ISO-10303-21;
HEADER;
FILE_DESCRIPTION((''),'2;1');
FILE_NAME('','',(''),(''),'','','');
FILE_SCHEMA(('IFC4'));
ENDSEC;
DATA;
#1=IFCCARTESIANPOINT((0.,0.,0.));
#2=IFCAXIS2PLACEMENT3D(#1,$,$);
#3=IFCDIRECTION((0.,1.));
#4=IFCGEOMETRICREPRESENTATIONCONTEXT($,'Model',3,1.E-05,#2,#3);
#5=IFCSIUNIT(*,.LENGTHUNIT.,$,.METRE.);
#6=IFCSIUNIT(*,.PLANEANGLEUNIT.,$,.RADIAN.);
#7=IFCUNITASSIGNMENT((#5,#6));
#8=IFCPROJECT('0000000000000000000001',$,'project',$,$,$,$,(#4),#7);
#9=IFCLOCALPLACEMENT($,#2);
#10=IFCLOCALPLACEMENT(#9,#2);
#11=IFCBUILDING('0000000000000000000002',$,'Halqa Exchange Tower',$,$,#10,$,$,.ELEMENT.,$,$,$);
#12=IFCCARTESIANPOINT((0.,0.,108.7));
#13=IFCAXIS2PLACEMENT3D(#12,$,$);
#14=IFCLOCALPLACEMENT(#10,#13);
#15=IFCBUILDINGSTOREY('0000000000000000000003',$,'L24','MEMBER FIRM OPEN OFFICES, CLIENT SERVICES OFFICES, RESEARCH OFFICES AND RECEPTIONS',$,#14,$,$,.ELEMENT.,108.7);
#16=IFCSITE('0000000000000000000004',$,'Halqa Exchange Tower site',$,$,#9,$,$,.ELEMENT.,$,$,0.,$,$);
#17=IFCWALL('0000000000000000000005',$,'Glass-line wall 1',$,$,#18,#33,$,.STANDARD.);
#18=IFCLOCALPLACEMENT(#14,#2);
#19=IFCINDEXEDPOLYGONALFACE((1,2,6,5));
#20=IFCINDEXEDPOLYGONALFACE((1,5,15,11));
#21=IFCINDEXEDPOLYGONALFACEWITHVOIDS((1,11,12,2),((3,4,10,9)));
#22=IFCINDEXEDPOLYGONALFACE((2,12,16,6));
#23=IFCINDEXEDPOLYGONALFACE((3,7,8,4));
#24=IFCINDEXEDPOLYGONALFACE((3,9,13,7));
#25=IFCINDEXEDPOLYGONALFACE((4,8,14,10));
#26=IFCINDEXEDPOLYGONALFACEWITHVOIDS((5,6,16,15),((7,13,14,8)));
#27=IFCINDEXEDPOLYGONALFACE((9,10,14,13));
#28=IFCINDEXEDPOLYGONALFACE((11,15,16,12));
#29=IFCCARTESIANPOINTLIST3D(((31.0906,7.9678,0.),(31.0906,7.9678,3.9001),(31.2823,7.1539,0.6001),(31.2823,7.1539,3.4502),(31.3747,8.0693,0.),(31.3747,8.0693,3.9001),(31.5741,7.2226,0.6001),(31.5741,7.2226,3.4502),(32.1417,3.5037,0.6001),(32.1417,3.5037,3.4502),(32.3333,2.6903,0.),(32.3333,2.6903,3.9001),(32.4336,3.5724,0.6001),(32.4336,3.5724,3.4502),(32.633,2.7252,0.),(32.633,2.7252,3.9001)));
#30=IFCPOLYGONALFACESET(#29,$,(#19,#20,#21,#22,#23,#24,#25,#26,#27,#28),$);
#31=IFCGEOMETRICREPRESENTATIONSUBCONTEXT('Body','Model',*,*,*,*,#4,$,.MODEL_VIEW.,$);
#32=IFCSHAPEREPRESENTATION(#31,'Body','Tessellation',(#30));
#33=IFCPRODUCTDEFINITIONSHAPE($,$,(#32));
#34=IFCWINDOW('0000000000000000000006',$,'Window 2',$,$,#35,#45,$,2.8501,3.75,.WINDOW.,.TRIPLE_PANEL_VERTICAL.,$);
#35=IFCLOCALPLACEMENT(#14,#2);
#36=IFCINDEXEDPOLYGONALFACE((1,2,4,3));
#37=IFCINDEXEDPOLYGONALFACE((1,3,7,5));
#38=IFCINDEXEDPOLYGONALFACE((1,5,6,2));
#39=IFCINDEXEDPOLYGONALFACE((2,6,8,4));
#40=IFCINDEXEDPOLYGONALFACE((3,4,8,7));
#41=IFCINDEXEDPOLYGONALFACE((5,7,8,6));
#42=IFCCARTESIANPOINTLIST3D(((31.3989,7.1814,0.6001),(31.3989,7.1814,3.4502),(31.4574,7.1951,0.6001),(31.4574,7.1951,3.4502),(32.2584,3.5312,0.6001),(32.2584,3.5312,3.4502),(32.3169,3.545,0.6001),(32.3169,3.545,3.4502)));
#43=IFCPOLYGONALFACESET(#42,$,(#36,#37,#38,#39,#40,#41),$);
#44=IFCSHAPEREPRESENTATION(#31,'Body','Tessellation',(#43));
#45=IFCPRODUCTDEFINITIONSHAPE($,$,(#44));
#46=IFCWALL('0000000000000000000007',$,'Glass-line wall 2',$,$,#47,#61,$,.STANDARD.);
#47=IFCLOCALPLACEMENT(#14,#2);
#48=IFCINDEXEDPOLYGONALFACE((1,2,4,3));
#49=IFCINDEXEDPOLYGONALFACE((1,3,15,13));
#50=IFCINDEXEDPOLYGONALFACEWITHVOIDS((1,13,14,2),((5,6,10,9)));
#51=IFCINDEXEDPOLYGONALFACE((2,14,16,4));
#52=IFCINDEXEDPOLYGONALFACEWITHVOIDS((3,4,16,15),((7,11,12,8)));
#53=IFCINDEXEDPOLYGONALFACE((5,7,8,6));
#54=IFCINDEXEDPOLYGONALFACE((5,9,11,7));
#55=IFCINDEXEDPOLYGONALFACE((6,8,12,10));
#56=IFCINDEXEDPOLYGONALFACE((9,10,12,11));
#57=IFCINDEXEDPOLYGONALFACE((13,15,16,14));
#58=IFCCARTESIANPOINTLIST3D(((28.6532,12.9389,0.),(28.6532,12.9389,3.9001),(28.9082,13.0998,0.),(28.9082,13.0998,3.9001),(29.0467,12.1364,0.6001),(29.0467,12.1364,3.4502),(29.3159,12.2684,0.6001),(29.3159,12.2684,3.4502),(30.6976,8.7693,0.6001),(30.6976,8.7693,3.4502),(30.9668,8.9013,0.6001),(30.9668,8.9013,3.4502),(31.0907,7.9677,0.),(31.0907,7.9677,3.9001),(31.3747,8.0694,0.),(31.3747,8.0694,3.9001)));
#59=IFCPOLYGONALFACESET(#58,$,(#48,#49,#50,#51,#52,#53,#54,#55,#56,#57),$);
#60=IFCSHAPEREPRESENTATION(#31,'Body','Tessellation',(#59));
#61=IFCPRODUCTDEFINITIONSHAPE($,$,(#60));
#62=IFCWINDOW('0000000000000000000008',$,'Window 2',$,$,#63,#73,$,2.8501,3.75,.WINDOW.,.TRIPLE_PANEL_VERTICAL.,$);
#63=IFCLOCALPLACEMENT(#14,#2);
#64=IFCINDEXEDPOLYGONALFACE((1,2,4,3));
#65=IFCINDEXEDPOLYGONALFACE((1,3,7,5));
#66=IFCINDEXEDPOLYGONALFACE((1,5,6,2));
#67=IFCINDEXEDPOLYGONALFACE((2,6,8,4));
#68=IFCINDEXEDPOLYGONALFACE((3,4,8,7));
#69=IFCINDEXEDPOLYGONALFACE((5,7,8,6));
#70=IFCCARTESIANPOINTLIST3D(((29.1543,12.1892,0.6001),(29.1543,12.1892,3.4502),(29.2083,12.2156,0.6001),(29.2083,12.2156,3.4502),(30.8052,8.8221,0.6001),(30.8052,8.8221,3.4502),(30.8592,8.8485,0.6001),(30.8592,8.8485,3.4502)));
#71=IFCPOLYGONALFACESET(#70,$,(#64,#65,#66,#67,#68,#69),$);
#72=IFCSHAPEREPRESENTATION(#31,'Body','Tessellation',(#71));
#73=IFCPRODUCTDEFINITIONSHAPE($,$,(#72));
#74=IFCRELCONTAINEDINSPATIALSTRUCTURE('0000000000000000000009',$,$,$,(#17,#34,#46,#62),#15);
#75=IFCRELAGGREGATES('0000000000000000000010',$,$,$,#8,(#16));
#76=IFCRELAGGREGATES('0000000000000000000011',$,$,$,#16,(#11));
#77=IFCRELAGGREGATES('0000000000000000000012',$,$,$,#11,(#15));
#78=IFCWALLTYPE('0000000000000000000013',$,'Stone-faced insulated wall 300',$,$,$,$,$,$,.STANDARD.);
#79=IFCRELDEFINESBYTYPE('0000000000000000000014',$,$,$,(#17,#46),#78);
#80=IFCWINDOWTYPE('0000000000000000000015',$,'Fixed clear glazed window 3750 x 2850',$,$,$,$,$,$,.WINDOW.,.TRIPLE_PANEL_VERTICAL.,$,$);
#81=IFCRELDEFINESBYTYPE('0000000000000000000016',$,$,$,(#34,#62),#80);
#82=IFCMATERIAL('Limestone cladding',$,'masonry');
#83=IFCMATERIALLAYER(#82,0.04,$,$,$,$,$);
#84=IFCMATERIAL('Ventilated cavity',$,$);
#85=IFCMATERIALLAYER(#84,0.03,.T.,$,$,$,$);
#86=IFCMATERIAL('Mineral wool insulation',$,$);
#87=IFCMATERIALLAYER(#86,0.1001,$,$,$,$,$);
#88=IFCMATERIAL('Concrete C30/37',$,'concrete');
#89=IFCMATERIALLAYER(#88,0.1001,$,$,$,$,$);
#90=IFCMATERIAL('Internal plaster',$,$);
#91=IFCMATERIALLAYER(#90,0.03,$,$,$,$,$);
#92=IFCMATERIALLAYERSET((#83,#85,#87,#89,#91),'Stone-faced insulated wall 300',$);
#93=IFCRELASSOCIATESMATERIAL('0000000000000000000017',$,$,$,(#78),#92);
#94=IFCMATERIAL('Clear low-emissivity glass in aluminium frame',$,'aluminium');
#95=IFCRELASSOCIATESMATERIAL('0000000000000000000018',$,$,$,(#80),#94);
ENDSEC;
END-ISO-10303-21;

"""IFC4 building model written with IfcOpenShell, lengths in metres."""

from ifc_helpers import new_model, si_unit, direction, frame, frame_2d, origin, place, context, subcontext, project, spatial, polyline, rectangle, outline, extrude, material, layer, layer_set, type_object, element, fill, save


model = new_model("IFC4")

# Units and contexts
model_context = context("Model", 3, precision=1e-05, world=origin(), true_north=direction((0.0, 1.0)))
body_context = subcontext(model_context, "Body", "Model", "MODEL_VIEW")
ifc_project = project(units=[si_unit("LENGTHUNIT", "METRE"), si_unit("PLANEANGLEUNIT", "RADIAN")], contexts=[model_context])

# Site, building, storey
site_placement = place(None, origin())
site = spatial("IfcSite", under=ifc_project, at=site_placement, Name="Halqa Exchange Tower site", CompositionType="ELEMENT", RefElevation=0.0)
building_placement = place(site_placement, origin())
building = spatial("IfcBuilding", under=site, at=building_placement, Name="Halqa Exchange Tower", CompositionType="ELEMENT")
storey_placement = place(building_placement, frame((0.0, 0.0, 108.7)))
storey = spatial("IfcBuildingStorey", under=building, at=storey_placement, Name="L24", Description="MEMBER FIRM OPEN OFFICES, CLIENT SERVICES OFFICES, RESEARCH OFFICES AND RECEPTIONS", CompositionType="ELEMENT", Elevation=108.7)

# Walls, openings, windows
ifc_material_1 = material(Name="Limestone cladding", Category="masonry")
ifc_layer_1 = layer(ifc_material_1, 0.04)
ifc_material_2 = material(Name="Ventilated cavity")
ifc_layer_2 = layer(ifc_material_2, 0.03, ventilated=True)
ifc_material_3 = material(Name="Mineral wool insulation")
ifc_layer_3 = layer(ifc_material_3, 0.1001)
ifc_material_4 = material(Name="Concrete C30/37", Category="concrete")
ifc_layer_4 = layer(ifc_material_4, 0.1001)
ifc_material_5 = material(Name="Internal plaster")
ifc_layer_5 = layer(ifc_material_5, 0.03)
ifc_layer_set_1 = layer_set([ifc_layer_1, ifc_layer_2, ifc_layer_3, ifc_layer_4, ifc_layer_5], Name="Stone-faced insulated wall 300")
wall_type_1 = type_object("IfcWallType", Name="Stone-faced insulated wall 300", PredefinedType="STANDARD", material=ifc_layer_set_1)
wall_1_placement = place(storey_placement, frame((32.4832, 2.7078, 0.0), z_axis=(0.0, 0.0, 1.0), x_axis=(-0.229194, 0.973381, 0.0)))
wall_1 = element("IfcWall", 1, at=wall_1_placement, inside=storey, type_object=wall_type_1, Name="Glass-line wall 1", PredefinedType="STANDARD", context=body_context, shape_type="SweptSolid", body=[
    extrude(outline(polyline([(-0.0173, -0.1499), (5.4729, -0.1499), (5.4392, 0.1499), (0.0173, 0.1499), (-0.0173, -0.1499)])), origin(), (0.0, 0.0, 1.0), 3.9001),
])
opening_1_placement = place(wall_1_placement, frame((0.853, 0.0, 0.6001)))
opening_1 = element("IfcOpeningElement", 2, at=opening_1_placement, cuts=wall_1, PredefinedType="OPENING", context=body_context, shape_type="SweptSolid", body=[
    extrude(rectangle(XDim=3.75, YDim=2.8501, at=frame_2d((1.875, 1.425))), frame((0.0, 0.1621, 0.0), z_axis=(0.0, -1.0, 0.0), x_axis=(1.0, 0.0, 0.0)), (0.0, 0.0, 1.0), 0.324),
])
ifc_material_6 = material(Name="Clear low-emissivity glass in aluminium frame", Category="aluminium")
window_type = type_object("IfcWindowType", Name="Fixed clear glazed window 3750 x 2850", PartitioningType="TRIPLE_PANEL_VERTICAL", PredefinedType="WINDOW", material=ifc_material_6)
window_1_placement = place(opening_1_placement, origin())
window_1 = element("IfcWindow", 3, at=window_1_placement, inside=storey, type_object=window_type, Name="Window 2", OverallHeight=2.8501, OverallWidth=3.75, PartitioningType="TRIPLE_PANEL_VERTICAL", PredefinedType="WINDOW", context=body_context, shape_type="SweptSolid", body=[
    extrude(rectangle(XDim=3.75, YDim=2.8501, at=frame_2d((1.875, 1.425))), frame((0.0, 0.03, 0.0), z_axis=(0.0, -1.0, 0.0), x_axis=(1.0, 0.0, 0.0)), (0.0, 0.0, 1.0), 0.0601),
])
fill(opening_1, window_1)
wall_2_placement = place(storey_placement, frame((31.2327, 8.0186, 0.0), z_axis=(0.0, 0.0, 1.0), x_axis=(-0.440239, 0.897881, 0.0)))
wall_2 = element("IfcWall", 4, at=wall_2_placement, inside=storey, type_object=wall_type_1, Name="Glass-line wall 2", PredefinedType="STANDARD", context=body_context, shape_type="SweptSolid", body=[
    extrude(outline(polyline([(-0.0168, -0.1499), (5.5857, -0.1499), (5.5535, 0.1499), (0.0168, 0.1499), (-0.0168, -0.1499)])), origin(), (0.0, 0.0, 1.0), 3.9001),
])
opening_2_placement = place(wall_2_placement, frame((0.9097, 0.0, 0.6001)))
opening_2 = element("IfcOpeningElement", 5, at=opening_2_placement, cuts=wall_2, PredefinedType="OPENING", context=body_context, shape_type="SweptSolid", body=[
    extrude(rectangle(XDim=3.75, YDim=2.8501, at=frame_2d((1.875, 1.425))), frame((0.0, 0.1621, 0.0), z_axis=(0.0, -1.0, 0.0), x_axis=(1.0, 0.0, 0.0)), (0.0, 0.0, 1.0), 0.324),
])
window_2_placement = place(opening_2_placement, origin())
window_2 = element("IfcWindow", 6, at=window_2_placement, inside=storey, type_object=window_type, Name="Window 2", OverallHeight=2.8501, OverallWidth=3.75, PartitioningType="TRIPLE_PANEL_VERTICAL", PredefinedType="WINDOW", context=body_context, shape_type="SweptSolid", body=[
    extrude(rectangle(XDim=3.75, YDim=2.8501, at=frame_2d((1.875, 1.425))), frame((0.0, 0.03, 0.0), z_axis=(0.0, -1.0, 0.0), x_axis=(1.0, 0.0, 0.0)), (0.0, 0.0, 1.0), 0.0601),
])
fill(opening_2, window_2)

save(model, "model.ifc")
